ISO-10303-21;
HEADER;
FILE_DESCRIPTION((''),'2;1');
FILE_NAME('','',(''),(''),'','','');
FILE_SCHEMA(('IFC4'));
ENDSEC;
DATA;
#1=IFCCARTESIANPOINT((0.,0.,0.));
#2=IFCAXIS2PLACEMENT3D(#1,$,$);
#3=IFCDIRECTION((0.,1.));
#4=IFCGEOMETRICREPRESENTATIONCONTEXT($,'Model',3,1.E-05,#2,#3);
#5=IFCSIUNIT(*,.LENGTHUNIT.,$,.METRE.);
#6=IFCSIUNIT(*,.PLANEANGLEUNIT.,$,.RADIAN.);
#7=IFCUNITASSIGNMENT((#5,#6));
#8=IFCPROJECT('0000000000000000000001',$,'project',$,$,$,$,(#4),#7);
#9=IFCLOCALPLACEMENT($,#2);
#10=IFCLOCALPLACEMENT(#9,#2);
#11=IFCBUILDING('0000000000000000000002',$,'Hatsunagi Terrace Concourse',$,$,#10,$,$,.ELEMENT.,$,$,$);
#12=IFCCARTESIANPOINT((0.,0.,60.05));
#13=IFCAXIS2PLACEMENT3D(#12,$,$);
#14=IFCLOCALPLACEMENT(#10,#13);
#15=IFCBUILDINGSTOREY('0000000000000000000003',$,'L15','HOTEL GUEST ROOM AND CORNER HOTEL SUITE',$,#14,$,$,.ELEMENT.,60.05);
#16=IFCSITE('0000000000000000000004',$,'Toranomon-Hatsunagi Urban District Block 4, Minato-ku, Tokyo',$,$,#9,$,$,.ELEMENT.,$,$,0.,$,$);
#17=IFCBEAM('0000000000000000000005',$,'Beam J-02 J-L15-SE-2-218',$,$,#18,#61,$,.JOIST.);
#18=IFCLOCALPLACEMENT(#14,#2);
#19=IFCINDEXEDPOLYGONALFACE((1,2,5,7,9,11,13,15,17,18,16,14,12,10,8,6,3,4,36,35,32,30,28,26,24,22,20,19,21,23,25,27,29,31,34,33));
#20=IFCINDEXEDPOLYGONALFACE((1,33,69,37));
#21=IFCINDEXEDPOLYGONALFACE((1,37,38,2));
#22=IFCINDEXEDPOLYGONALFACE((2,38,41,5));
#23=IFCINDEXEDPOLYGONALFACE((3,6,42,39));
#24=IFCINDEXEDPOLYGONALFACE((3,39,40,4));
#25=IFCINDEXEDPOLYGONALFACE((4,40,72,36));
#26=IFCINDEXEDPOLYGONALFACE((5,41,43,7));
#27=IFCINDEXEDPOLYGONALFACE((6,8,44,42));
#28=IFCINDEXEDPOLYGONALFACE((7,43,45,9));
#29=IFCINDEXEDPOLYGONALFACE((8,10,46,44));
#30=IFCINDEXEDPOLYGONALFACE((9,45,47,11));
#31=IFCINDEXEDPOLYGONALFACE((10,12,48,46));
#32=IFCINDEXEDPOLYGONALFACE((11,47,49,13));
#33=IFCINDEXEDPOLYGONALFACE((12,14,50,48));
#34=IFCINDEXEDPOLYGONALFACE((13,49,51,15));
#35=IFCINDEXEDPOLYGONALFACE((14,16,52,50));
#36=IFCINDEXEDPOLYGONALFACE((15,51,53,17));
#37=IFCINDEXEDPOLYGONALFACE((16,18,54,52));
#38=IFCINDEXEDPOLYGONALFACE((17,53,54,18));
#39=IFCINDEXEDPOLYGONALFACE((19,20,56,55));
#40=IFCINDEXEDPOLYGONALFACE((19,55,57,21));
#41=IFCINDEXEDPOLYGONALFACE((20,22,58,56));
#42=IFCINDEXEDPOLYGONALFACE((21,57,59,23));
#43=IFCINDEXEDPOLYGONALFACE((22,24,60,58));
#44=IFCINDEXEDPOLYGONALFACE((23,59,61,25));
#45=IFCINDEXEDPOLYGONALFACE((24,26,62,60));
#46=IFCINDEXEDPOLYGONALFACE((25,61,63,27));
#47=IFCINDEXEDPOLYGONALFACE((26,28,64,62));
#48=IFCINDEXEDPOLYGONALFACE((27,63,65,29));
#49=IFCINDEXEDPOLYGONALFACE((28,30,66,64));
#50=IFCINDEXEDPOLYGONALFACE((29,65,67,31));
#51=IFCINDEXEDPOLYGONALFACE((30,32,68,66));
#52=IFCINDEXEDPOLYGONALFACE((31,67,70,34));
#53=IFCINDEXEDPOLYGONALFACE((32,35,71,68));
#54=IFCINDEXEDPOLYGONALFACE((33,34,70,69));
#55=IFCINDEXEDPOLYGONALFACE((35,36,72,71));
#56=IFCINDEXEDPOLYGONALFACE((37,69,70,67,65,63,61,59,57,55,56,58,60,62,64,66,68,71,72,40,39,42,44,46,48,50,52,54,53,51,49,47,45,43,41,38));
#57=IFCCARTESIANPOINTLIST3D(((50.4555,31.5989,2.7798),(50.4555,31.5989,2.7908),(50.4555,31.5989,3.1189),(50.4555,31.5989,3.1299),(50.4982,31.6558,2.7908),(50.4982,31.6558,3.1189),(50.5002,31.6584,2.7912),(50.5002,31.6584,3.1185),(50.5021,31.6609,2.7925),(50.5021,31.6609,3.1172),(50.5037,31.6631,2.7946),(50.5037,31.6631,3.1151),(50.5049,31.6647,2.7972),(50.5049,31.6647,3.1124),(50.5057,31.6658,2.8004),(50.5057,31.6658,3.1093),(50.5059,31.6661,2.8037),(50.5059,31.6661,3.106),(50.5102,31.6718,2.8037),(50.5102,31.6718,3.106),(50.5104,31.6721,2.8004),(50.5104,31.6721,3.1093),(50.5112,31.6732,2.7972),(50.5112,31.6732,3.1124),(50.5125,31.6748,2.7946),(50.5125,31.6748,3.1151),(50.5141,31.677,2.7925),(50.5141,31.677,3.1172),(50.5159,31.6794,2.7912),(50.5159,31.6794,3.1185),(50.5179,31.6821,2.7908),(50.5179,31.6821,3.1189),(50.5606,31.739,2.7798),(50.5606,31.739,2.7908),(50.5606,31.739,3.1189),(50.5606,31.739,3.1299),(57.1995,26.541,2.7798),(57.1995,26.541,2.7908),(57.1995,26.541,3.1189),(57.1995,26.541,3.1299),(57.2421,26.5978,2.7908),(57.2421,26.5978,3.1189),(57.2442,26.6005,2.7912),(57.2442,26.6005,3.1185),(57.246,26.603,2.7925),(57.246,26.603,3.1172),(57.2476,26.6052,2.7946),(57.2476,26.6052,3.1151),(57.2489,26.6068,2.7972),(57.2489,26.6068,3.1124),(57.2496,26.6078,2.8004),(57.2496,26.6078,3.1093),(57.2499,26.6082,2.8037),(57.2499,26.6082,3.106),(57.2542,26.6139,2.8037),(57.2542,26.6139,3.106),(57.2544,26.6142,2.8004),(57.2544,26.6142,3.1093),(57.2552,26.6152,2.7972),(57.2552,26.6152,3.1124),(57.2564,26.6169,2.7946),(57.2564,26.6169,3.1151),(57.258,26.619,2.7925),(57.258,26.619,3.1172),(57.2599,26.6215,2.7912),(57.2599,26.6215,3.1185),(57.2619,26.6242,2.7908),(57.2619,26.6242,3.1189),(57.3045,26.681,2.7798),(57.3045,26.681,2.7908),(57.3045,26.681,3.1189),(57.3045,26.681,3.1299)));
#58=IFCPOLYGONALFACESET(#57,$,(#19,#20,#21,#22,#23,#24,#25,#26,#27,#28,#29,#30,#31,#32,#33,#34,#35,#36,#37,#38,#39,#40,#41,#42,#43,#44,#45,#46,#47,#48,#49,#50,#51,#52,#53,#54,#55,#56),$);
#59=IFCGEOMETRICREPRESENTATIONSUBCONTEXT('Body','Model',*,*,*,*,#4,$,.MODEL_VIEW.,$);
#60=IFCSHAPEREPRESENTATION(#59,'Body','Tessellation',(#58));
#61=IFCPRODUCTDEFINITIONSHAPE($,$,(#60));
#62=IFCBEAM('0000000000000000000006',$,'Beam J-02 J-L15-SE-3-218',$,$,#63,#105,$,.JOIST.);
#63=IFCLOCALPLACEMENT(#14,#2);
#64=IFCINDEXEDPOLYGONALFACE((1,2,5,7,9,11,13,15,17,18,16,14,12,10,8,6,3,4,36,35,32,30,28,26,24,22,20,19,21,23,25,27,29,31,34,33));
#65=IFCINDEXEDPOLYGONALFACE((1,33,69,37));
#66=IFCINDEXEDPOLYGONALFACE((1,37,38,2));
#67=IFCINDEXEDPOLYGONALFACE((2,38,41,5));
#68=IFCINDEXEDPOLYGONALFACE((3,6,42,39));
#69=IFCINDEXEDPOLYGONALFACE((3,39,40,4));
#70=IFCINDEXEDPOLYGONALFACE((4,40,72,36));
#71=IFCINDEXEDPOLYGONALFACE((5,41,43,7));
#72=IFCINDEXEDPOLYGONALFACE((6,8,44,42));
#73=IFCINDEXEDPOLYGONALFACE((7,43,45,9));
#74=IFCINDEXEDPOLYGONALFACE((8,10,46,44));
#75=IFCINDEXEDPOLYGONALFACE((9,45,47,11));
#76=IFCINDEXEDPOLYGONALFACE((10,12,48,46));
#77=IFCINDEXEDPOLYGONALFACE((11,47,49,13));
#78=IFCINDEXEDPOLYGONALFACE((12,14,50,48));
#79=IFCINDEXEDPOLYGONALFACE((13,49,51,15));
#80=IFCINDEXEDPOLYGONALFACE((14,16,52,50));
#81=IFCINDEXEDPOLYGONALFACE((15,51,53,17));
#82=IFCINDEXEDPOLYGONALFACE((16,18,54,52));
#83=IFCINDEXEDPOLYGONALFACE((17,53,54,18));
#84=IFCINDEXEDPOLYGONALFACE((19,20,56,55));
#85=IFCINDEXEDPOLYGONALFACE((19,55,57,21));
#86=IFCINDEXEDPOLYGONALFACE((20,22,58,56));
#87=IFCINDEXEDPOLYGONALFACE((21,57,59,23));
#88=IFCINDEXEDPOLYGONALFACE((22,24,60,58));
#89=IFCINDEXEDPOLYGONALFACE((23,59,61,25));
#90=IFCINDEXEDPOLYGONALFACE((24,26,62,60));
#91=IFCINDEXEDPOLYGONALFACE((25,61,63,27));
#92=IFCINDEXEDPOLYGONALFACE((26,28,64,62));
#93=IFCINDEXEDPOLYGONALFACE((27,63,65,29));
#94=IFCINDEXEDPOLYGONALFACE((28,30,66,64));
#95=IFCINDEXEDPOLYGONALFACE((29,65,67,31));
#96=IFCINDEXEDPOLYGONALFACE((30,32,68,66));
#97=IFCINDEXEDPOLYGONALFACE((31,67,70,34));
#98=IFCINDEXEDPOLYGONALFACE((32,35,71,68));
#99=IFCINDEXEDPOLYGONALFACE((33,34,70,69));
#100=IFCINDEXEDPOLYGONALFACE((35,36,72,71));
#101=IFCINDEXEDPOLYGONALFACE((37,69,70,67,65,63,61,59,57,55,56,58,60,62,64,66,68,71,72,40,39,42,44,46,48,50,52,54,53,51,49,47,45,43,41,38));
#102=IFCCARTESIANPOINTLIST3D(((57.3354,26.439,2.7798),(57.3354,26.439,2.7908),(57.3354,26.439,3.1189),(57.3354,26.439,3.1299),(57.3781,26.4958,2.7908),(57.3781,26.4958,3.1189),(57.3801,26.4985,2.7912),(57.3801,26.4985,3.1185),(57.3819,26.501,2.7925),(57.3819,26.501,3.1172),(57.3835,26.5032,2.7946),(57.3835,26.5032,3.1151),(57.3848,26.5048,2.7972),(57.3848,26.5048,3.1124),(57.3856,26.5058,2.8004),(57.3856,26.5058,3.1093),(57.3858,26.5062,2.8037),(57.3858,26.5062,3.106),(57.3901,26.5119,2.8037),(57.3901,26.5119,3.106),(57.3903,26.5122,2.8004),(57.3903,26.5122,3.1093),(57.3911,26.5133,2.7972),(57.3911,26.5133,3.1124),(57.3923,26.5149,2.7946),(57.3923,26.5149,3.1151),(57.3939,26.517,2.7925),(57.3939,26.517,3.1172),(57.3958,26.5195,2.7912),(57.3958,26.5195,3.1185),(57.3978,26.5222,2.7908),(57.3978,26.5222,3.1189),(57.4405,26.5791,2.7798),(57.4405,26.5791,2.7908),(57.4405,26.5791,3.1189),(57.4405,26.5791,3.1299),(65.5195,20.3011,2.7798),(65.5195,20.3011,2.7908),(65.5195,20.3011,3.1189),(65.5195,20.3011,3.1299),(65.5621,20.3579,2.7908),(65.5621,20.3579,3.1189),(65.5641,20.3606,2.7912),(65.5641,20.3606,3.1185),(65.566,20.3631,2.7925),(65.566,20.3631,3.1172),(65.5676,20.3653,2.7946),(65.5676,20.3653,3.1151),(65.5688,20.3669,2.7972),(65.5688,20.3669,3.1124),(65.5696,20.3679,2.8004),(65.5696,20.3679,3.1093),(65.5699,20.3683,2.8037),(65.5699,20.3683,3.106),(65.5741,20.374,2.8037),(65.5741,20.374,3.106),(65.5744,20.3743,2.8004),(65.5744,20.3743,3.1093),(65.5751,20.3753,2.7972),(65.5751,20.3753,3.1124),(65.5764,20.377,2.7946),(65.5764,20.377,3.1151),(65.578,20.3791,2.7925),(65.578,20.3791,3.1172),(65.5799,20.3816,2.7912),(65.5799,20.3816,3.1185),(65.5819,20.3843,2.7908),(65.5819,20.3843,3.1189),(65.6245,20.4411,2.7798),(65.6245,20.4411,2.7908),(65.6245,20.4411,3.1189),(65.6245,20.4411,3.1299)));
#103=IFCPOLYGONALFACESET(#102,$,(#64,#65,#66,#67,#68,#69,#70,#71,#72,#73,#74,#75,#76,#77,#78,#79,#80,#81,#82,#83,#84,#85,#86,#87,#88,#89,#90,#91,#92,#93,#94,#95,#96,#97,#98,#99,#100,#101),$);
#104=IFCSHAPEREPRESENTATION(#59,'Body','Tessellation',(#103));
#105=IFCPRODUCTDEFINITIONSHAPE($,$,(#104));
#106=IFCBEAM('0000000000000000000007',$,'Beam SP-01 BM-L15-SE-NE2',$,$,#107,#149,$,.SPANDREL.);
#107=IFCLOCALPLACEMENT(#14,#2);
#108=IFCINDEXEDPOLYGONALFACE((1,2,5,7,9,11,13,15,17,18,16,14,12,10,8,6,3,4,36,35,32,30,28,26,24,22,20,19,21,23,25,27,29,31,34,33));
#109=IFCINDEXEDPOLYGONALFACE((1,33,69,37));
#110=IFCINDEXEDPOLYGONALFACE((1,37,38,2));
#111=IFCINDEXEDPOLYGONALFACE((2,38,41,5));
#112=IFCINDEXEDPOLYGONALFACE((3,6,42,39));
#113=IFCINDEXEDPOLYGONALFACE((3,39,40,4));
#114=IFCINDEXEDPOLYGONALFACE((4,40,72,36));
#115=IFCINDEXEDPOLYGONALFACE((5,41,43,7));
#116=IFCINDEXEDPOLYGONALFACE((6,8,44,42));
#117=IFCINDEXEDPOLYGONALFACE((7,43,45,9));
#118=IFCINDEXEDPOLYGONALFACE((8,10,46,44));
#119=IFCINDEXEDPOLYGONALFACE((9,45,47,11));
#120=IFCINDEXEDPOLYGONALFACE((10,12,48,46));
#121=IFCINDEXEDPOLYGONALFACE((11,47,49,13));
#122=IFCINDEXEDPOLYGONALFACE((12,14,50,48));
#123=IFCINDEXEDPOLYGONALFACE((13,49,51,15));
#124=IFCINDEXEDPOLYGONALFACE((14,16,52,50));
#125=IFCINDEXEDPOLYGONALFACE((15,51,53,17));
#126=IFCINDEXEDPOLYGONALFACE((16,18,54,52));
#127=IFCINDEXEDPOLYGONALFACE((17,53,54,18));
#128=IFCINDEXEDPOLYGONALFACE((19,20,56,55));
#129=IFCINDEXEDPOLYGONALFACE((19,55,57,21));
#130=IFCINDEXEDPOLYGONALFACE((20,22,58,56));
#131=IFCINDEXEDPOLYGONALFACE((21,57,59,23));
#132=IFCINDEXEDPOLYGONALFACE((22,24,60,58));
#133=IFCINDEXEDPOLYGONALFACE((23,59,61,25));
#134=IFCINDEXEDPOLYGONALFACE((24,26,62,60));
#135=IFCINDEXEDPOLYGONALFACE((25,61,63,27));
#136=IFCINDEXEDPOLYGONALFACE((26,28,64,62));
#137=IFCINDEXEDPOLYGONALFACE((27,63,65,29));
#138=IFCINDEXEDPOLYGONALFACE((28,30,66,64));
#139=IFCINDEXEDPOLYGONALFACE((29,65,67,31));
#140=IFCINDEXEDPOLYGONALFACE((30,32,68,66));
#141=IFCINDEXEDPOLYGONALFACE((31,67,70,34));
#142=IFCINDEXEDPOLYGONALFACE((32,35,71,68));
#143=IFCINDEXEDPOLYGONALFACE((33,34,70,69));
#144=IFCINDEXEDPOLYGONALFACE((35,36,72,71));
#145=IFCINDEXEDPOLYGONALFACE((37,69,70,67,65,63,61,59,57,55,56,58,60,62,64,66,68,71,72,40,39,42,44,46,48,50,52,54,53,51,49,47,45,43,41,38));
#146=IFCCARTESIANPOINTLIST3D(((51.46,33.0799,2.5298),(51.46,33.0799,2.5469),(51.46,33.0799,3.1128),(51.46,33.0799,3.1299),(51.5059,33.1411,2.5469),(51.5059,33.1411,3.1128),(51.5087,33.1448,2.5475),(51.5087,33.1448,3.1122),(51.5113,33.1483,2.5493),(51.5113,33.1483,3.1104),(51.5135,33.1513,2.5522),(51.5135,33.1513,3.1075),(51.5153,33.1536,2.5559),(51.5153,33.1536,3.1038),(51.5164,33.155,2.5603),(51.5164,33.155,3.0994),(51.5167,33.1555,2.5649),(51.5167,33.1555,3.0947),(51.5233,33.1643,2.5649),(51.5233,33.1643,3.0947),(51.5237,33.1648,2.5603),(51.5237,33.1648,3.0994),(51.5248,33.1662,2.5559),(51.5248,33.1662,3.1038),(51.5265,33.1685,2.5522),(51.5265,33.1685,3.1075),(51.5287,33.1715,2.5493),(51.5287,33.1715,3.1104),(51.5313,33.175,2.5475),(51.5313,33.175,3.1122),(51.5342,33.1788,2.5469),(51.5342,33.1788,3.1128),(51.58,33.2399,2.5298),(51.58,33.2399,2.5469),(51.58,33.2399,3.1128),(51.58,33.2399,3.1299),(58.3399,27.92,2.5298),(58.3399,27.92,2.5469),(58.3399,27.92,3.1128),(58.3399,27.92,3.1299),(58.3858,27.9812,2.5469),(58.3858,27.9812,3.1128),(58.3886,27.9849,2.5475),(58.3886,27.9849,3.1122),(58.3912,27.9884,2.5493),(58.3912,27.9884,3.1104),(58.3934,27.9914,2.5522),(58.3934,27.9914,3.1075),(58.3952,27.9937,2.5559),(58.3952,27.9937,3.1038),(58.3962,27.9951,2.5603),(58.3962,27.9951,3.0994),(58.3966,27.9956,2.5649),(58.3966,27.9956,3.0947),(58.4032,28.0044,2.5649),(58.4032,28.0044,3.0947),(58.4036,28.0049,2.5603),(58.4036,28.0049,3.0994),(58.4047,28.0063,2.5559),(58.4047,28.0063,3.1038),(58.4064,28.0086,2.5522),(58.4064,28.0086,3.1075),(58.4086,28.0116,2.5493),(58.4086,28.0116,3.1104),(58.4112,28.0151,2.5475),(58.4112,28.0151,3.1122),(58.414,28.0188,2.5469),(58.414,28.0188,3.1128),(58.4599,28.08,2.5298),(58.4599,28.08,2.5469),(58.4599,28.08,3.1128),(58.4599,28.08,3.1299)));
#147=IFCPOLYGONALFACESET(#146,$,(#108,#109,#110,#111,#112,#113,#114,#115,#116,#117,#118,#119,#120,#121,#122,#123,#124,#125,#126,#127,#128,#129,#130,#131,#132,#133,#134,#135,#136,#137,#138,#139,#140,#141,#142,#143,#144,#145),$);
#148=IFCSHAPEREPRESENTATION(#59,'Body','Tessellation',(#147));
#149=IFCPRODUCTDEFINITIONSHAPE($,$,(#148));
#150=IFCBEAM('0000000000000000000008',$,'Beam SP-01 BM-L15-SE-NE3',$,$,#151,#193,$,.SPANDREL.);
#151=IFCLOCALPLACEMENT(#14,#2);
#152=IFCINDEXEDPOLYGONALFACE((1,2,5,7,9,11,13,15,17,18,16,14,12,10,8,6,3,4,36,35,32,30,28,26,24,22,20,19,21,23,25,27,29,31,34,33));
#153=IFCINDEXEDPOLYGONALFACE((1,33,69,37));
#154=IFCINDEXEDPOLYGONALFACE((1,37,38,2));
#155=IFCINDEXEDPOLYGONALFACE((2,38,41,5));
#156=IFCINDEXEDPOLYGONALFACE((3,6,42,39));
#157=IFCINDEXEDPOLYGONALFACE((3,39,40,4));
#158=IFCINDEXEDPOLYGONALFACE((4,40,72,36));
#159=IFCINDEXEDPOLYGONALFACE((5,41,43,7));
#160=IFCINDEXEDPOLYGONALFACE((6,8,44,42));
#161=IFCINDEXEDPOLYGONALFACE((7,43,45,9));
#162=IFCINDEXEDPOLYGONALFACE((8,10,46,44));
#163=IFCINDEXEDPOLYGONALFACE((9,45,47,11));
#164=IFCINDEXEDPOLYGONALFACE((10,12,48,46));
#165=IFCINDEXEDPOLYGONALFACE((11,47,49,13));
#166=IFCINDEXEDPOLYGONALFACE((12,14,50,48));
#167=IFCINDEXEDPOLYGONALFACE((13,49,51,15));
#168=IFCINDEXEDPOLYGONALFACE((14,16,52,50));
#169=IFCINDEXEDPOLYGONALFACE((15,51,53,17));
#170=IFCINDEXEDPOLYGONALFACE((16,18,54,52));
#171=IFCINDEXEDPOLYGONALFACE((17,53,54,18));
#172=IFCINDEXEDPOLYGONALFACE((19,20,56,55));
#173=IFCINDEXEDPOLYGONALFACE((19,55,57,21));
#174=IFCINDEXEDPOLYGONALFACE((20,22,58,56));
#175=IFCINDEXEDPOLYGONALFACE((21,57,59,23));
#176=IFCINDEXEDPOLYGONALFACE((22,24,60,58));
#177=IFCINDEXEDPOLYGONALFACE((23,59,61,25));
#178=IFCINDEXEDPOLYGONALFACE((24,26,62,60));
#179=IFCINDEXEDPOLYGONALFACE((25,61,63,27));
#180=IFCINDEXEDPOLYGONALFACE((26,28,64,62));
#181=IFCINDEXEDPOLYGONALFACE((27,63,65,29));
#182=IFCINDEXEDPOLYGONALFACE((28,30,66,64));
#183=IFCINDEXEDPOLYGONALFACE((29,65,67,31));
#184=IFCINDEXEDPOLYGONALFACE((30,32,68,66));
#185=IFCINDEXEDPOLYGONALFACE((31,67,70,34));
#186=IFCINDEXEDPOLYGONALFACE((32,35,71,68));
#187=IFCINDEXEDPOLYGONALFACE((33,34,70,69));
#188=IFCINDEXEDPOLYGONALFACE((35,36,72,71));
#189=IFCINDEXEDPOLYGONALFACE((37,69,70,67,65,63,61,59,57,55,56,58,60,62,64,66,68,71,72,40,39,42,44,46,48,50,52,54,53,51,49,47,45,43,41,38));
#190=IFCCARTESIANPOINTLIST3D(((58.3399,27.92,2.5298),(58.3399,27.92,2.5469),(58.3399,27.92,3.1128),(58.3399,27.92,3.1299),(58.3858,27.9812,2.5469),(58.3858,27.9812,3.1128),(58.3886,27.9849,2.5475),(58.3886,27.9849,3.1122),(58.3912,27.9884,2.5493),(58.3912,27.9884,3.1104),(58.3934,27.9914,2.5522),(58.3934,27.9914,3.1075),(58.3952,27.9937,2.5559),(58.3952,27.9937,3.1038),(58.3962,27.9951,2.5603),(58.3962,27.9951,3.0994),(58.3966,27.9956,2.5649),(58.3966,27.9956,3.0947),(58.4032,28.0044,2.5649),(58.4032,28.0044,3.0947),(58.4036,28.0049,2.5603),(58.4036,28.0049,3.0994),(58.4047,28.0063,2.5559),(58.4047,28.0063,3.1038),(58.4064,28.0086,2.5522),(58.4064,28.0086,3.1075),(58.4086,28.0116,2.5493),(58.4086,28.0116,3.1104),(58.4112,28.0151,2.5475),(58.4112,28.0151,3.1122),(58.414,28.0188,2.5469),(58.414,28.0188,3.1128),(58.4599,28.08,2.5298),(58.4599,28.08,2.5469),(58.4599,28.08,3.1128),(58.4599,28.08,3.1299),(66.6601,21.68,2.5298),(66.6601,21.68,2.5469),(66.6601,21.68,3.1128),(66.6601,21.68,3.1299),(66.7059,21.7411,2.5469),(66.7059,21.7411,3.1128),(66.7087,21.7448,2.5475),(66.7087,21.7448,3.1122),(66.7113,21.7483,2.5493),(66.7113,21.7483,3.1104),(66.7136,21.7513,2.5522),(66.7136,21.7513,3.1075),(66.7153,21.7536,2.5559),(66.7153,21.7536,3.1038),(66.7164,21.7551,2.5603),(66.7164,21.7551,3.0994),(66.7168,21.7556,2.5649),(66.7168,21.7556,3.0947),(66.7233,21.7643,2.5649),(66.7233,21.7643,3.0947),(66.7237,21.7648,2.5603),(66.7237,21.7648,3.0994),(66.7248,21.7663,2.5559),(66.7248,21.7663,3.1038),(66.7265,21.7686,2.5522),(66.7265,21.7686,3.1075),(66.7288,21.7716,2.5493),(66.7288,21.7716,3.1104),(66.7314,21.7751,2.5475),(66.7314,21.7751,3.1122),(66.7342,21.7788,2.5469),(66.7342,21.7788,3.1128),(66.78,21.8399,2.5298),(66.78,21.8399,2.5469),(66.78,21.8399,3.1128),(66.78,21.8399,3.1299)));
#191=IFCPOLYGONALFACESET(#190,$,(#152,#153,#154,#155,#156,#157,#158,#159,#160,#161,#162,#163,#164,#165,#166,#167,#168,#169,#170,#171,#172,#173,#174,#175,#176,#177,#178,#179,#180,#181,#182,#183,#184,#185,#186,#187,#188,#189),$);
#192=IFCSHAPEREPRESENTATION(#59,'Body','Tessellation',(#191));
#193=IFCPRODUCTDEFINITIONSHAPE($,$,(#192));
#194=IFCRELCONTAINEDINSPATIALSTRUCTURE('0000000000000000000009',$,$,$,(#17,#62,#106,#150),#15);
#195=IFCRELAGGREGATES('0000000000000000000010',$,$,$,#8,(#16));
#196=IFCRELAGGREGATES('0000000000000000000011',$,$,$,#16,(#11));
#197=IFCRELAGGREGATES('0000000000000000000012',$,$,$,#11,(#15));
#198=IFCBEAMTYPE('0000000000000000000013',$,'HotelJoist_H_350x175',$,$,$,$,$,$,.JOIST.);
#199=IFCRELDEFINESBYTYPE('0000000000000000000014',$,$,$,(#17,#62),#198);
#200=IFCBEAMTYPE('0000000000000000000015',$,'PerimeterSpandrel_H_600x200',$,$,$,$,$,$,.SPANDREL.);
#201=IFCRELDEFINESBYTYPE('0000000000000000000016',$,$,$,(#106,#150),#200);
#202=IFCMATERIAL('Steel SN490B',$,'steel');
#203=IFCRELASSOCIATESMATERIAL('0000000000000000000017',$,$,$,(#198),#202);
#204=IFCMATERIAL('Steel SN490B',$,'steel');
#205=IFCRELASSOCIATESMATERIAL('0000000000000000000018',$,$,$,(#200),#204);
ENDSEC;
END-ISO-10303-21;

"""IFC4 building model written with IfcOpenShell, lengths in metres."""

from ifc_helpers import new_model, si_unit, direction, frame, origin, origin_2d, place, context, subcontext, project, spatial, i_section, extrude, material, material_profile, profile_set, type_object, element, save


model = new_model("IFC4")

# Units and contexts
model_context = context("Model", 3, precision=1e-05, world=origin(), true_north=direction((0.0, 1.0)))
body_context = subcontext(model_context, "Body", "Model", "MODEL_VIEW")
ifc_project = project(units=[si_unit("LENGTHUNIT", "METRE"), si_unit("PLANEANGLEUNIT", "RADIAN")], contexts=[model_context])

# Site, building, storey
site_placement = place(None, origin())
site = spatial("IfcSite", under=ifc_project, at=site_placement, Name="Toranomon-Hatsunagi Urban District Block 4, Minato-ku, Tokyo", CompositionType="ELEMENT", RefElevation=0.0)
building_placement = place(site_placement, origin())
building = spatial("IfcBuilding", under=site, at=building_placement, Name="Hatsunagi Terrace Concourse", CompositionType="ELEMENT")
storey_placement = place(building_placement, frame((0.0, 0.0, 60.05)))
storey = spatial("IfcBuildingStorey", under=building, at=storey_placement, Name="L15", Description="HOTEL GUEST ROOM AND CORNER HOTEL SUITE", CompositionType="ELEMENT", Elevation=60.05)

# Beams
ifc_material_1 = material(Name="Steel SN490B", Category="steel")
ifc_material_profile_1 = material_profile(ifc_material_1, i_section(OverallWidth=0.175, OverallDepth=0.3501, WebThickness=0.0071, FlangeThickness=0.011, FilletRadius=0.0129, at=origin_2d()), Name="H-350x175x7x11")
ifc_profile_set_1 = profile_set([ifc_material_profile_1], Name="Steel SN490B")
beam_type_1 = type_object("IfcBeamType", Name="HotelJoist_H_350x175", PredefinedType="JOIST", material=ifc_profile_set_1)
for number, where, z_axis, x_axis, name in (
    (1, (50.5081, 31.6689, 2.9548), (0.800003, -0.599995, 0.0), (0.599995, 0.800003, 0.0), "Beam J-02 J-L15-SE-2-218"),
):
    element("IfcBeam", number, at=place(storey_placement, frame(where, z_axis=z_axis, x_axis=x_axis)), inside=storey, type_object=beam_type_1, Name=name, PredefinedType="JOIST", context=body_context, shape_type="SweptSolid", body=[
        extrude(i_section(OverallWidth=0.175, OverallDepth=0.3501, WebThickness=0.0071, FlangeThickness=0.011, FilletRadius=0.0129, at=origin_2d()), origin(), (0.0, 0.0, 1.0), 8.4299),
    ])
beam_1_placement = place(storey_placement, frame((57.3879, 26.509, 2.9548), z_axis=(0.800006, -0.599992, 0.0), x_axis=(0.599992, 0.800006, 0.0)))
element("IfcBeam", 2, at=beam_1_placement, inside=storey, type_object=beam_type_1, Name="Beam J-02 J-L15-SE-3-218", PredefinedType="JOIST", context=body_context, shape_type="SweptSolid", body=[
    extrude(i_section(OverallWidth=0.175, OverallDepth=0.3501, WebThickness=0.0071, FlangeThickness=0.011, FilletRadius=0.0129, at=origin_2d()), origin(), (0.0, 0.0, 1.0), 10.23),
])
ifc_material_2 = material(Name="Steel SN490B", Category="steel")
ifc_material_profile_2 = material_profile(ifc_material_2, i_section(OverallWidth=0.2, OverallDepth=0.6001, WebThickness=0.011, FlangeThickness=0.0171, FilletRadius=0.0181, at=origin_2d()), Name="H-600x200x11x17")
ifc_profile_set_2 = profile_set([ifc_material_profile_2], Name="Steel SN490B")
beam_type_2 = type_object("IfcBeamType", Name="PerimeterSpandrel_H_600x200", PredefinedType="SPANDREL", material=ifc_profile_set_2)
beam_2_placement = place(storey_placement, frame((51.52, 33.1599, 2.8298), z_axis=(0.8, -0.6, 0.0), x_axis=(0.6, 0.8, 0.0)))
element("IfcBeam", 3, at=beam_2_placement, inside=storey, type_object=beam_type_2, Name="Beam SP-01 BM-L15-SE-NE2", PredefinedType="SPANDREL", context=body_context, shape_type="SweptSolid", body=[
    extrude(i_section(OverallWidth=0.2, OverallDepth=0.6001, WebThickness=0.011, FlangeThickness=0.0171, FilletRadius=0.0181, at=origin_2d()), origin(), (0.0, 0.0, 1.0), 8.5999),
])
beam_3_placement = place(storey_placement, frame((58.3999, 28.0, 2.8298), z_axis=(0.800003, -0.599996, 0.0), x_axis=(0.599996, 0.800003, 0.0)))
element("IfcBeam", 4, at=beam_3_placement, inside=storey, type_object=beam_type_2, Name="Beam SP-01 BM-L15-SE-NE3", PredefinedType="SPANDREL", context=body_context, shape_type="SweptSolid", body=[
    extrude(i_section(OverallWidth=0.2, OverallDepth=0.6001, WebThickness=0.011, FlangeThickness=0.0171, FilletRadius=0.0181, at=origin_2d()), origin(), (0.0, 0.0, 1.0), 10.4001),
])

save(model, "model.ifc")
